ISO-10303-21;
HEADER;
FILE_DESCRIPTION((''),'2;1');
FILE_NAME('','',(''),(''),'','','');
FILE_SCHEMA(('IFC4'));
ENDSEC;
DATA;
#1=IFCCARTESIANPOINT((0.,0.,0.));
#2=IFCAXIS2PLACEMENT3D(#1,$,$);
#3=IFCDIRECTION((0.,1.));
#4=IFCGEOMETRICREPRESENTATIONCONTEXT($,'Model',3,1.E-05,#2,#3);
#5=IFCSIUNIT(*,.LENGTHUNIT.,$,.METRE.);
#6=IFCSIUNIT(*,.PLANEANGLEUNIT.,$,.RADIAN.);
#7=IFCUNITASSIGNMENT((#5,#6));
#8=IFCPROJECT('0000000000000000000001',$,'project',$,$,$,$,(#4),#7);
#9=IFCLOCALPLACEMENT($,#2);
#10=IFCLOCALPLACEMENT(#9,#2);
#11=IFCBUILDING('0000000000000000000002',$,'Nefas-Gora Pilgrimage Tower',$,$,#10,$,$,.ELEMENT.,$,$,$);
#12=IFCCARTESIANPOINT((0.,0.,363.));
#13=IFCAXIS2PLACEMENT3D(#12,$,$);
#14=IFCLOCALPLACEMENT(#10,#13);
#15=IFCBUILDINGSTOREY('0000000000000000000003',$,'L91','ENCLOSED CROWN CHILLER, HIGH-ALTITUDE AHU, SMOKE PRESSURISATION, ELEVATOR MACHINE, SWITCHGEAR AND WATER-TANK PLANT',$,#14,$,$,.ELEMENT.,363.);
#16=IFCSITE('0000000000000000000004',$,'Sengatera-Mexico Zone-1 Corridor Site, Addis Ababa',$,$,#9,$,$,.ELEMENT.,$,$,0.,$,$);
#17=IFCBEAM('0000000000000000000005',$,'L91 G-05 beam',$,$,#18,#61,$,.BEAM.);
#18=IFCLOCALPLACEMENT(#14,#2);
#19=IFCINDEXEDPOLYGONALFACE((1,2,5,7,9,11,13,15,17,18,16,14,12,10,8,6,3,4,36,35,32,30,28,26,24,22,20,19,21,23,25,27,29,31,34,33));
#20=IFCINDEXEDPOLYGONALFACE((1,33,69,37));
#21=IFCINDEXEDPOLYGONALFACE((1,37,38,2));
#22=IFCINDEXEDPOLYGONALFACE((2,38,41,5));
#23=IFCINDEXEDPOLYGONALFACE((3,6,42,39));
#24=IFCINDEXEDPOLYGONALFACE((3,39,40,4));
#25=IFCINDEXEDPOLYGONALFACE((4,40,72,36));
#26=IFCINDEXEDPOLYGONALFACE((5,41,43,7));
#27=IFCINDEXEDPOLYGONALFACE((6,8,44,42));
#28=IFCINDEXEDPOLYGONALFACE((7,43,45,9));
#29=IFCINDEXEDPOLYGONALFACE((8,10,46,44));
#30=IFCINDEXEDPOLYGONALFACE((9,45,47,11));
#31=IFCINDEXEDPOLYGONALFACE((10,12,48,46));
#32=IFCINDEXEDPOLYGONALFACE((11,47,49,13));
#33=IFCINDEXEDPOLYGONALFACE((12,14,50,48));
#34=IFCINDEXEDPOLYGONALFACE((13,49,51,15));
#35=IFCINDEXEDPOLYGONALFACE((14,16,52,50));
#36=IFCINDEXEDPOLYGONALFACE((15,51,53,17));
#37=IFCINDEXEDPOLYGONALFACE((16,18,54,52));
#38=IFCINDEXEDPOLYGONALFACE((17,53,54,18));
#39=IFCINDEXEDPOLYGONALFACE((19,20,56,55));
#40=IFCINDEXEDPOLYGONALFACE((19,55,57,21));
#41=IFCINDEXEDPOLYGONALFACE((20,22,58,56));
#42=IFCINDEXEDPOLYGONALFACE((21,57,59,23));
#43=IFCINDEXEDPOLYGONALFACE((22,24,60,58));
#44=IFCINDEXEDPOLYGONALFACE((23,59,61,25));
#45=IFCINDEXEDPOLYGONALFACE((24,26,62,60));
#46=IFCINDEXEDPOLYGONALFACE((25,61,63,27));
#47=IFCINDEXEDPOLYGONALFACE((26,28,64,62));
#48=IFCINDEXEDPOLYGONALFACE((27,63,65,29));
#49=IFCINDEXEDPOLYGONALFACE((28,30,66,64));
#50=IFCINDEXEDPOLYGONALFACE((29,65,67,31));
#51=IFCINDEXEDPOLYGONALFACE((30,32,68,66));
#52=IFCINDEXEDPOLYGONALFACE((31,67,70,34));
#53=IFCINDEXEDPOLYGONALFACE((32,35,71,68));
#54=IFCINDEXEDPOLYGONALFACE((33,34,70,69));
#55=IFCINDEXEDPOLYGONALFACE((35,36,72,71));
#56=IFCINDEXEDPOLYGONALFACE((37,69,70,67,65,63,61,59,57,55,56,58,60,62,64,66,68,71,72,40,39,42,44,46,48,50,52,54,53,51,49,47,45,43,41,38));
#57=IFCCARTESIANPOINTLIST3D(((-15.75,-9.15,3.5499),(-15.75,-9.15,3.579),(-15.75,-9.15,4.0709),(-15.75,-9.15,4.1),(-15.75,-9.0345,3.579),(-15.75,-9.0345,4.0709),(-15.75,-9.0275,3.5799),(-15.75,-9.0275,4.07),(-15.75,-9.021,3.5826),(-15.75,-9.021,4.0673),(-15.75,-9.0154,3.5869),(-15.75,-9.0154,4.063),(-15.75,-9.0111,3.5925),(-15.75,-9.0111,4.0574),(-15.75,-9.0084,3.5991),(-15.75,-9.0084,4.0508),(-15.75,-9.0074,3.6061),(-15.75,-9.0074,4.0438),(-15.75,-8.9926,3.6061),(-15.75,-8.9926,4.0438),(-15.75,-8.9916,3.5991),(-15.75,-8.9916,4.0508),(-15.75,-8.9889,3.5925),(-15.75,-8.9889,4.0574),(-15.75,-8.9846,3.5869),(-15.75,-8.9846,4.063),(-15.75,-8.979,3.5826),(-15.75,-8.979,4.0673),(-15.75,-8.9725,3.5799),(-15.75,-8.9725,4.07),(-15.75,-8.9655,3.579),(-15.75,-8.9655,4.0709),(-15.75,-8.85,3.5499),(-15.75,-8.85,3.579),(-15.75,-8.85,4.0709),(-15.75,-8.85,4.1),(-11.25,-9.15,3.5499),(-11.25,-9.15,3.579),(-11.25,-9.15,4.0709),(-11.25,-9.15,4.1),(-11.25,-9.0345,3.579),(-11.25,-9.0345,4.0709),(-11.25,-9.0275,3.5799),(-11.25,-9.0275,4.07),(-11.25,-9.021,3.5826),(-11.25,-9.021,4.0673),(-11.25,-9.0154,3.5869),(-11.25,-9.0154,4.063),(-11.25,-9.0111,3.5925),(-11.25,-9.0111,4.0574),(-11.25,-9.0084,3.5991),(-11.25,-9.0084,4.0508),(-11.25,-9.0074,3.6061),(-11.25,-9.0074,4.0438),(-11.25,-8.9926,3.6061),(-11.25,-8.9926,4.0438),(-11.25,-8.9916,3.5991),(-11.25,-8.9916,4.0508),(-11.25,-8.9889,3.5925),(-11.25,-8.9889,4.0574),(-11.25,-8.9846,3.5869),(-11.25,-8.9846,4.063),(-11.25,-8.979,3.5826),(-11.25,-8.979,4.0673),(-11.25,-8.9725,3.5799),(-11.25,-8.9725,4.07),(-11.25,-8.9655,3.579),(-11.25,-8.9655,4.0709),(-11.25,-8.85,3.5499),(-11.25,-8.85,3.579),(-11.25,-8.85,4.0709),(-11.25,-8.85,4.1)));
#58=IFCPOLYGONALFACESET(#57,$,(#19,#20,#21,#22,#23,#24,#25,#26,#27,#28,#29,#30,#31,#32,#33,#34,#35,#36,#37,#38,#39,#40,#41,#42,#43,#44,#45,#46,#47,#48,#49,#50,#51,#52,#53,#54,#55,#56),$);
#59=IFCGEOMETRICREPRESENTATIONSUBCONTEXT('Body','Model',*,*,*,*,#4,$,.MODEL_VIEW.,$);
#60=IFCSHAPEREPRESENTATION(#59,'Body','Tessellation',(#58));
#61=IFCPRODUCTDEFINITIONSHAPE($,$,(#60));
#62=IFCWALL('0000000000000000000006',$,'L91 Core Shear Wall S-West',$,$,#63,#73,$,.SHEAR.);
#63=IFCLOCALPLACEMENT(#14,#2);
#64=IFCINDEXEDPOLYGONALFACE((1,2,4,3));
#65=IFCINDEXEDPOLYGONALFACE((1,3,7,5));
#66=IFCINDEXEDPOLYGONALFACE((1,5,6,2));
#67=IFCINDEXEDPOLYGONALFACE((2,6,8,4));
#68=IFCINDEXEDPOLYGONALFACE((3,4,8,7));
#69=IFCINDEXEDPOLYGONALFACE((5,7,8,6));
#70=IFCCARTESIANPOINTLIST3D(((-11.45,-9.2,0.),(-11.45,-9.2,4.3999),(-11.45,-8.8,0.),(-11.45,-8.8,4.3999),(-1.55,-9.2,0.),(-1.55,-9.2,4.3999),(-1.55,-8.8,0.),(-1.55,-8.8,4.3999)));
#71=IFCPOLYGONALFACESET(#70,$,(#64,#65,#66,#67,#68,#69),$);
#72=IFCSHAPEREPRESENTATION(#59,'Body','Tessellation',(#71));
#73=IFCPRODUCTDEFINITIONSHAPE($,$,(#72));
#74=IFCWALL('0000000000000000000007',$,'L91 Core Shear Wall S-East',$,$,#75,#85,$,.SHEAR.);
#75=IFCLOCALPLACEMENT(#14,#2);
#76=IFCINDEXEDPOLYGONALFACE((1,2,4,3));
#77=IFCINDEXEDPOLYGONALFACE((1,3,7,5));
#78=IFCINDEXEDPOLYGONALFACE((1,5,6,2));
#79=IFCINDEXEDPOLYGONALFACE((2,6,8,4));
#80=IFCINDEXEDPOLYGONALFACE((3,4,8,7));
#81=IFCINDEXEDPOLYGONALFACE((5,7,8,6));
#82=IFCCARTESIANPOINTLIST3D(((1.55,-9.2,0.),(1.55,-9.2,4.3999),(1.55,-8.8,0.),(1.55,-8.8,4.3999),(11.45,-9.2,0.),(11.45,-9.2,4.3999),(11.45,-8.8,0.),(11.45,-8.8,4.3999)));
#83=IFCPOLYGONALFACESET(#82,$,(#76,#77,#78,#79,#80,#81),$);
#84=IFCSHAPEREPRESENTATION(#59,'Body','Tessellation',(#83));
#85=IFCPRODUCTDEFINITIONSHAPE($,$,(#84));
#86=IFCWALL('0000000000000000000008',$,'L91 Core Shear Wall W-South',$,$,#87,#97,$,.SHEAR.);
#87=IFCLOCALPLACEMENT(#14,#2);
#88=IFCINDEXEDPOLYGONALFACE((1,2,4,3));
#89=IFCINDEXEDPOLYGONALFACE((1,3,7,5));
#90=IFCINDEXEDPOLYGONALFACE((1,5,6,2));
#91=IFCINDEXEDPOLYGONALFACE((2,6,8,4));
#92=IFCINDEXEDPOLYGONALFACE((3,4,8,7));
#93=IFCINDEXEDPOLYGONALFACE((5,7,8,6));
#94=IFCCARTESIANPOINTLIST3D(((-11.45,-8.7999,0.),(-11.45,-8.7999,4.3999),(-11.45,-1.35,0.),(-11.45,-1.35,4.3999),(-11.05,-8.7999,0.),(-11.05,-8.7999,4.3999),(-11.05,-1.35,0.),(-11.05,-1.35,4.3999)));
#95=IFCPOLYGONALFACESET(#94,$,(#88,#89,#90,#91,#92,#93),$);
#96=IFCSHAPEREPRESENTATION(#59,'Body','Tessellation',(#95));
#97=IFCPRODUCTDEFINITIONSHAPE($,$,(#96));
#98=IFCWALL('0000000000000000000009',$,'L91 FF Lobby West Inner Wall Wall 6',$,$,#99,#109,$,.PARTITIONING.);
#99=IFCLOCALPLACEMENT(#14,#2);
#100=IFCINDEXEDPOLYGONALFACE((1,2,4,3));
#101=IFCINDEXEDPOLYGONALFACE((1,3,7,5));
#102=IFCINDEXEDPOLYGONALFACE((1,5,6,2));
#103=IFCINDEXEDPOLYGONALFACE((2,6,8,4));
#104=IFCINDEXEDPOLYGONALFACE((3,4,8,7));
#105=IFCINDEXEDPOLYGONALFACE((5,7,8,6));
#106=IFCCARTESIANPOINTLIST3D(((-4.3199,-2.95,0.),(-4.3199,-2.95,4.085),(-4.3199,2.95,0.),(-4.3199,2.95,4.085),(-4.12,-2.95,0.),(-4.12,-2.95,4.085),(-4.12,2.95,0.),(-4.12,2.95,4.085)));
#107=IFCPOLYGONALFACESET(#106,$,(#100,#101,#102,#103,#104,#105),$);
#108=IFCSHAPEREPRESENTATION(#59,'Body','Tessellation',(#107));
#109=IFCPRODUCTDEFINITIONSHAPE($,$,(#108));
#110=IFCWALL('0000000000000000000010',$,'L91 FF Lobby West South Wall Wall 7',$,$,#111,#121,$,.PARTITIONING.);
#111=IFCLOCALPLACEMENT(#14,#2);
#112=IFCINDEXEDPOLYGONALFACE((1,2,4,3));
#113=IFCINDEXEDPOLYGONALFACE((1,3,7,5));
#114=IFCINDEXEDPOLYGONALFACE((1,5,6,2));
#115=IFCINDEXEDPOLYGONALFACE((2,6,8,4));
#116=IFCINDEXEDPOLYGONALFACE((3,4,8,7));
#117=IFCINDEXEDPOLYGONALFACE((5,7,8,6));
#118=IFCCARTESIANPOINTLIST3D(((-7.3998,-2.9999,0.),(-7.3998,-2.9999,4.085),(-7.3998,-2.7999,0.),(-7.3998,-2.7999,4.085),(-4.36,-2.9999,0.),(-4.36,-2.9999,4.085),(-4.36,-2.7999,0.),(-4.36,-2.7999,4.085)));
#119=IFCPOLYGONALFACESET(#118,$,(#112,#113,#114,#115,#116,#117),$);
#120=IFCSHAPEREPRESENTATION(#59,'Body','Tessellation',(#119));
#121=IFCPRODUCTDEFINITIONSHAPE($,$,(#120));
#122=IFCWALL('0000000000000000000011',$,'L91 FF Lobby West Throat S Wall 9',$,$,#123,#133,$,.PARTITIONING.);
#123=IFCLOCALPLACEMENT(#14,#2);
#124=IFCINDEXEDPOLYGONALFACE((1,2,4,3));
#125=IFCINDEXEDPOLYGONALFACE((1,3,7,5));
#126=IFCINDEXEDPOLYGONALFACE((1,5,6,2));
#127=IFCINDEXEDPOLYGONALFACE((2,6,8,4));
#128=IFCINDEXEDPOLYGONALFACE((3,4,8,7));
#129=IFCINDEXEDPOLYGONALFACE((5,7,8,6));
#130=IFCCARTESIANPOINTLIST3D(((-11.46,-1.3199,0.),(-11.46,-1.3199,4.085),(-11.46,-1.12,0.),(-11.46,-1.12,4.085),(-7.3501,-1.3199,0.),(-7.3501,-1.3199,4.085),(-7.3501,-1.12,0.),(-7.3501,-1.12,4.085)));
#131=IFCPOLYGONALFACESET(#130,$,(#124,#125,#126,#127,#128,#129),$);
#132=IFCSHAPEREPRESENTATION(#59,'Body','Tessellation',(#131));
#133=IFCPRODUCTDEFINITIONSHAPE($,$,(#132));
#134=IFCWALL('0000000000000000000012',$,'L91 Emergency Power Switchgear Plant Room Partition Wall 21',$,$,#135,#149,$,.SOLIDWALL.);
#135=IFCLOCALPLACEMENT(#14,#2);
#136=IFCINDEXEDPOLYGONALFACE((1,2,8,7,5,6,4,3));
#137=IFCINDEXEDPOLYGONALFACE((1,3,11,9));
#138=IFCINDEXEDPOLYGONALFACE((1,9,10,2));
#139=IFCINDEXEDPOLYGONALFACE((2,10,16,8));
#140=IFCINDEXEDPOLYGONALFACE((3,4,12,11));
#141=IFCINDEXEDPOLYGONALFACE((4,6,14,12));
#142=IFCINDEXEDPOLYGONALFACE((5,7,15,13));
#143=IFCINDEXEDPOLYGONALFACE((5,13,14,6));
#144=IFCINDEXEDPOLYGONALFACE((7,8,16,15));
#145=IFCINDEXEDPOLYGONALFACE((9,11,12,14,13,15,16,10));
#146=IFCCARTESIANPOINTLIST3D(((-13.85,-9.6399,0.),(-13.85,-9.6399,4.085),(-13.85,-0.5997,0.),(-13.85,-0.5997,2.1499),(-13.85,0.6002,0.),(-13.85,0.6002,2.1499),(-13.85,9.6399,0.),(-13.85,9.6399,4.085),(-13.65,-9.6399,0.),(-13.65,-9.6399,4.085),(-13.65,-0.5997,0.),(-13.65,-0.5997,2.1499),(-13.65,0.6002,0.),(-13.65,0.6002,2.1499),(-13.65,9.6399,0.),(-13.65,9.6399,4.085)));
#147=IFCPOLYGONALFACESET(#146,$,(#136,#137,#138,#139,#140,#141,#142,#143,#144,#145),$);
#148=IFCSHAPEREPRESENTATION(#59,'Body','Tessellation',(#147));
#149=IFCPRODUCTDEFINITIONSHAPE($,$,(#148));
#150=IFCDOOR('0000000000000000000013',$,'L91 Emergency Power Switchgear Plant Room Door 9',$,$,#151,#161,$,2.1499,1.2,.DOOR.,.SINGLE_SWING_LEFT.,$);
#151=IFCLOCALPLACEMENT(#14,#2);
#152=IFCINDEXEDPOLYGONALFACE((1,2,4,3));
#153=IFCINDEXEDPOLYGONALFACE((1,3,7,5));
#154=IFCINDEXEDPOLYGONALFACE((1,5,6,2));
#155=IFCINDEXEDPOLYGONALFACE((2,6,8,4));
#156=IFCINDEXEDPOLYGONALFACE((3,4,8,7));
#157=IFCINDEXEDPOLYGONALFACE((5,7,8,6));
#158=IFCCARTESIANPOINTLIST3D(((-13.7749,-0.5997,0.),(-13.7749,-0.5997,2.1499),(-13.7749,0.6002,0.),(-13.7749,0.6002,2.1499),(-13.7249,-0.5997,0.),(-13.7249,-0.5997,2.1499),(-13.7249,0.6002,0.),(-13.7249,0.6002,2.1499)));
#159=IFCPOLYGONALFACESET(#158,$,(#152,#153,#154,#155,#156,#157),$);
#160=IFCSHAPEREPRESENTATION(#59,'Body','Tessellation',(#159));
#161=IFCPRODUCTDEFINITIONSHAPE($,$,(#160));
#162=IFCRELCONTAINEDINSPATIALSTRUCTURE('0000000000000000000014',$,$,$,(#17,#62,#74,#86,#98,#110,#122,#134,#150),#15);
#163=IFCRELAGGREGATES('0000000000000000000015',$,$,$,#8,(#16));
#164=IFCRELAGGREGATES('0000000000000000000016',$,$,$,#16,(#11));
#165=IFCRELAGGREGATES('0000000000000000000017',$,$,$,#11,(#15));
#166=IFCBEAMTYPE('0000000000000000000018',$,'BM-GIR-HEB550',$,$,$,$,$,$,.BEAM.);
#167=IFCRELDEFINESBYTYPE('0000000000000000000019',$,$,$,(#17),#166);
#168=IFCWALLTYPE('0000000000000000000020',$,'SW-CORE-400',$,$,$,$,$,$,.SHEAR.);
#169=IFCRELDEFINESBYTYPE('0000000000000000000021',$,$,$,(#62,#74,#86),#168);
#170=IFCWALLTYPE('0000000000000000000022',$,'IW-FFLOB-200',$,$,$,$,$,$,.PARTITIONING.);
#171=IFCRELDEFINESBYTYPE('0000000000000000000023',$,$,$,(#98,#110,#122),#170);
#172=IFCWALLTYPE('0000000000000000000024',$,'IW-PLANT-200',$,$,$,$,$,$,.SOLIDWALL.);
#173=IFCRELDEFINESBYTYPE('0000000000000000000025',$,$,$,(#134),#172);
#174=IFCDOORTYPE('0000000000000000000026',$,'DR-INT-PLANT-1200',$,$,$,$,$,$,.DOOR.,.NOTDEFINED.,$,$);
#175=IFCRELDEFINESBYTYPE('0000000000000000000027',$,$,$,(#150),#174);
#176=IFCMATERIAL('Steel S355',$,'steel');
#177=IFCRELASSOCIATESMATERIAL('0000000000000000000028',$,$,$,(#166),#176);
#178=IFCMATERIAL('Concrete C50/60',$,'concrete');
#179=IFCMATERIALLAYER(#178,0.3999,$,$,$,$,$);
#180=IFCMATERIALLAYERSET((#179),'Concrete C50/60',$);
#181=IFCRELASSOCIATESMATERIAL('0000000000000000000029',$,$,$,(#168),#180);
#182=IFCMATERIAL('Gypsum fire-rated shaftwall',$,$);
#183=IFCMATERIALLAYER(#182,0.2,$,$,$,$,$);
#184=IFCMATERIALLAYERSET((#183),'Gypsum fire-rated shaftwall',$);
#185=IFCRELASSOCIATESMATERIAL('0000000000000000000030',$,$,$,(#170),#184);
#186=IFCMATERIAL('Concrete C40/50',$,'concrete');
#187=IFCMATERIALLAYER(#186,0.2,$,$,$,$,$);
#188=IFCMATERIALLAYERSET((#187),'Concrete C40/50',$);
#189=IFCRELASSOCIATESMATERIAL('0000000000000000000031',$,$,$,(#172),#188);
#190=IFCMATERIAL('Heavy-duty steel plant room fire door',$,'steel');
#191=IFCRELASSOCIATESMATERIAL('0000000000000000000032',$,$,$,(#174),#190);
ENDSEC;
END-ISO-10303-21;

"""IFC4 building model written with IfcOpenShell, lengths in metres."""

from ifc_helpers import new_model, si_unit, direction, frame, frame_2d, origin, origin_2d, place, context, subcontext, project, spatial, rectangle, i_section, extrude, source, transform, mapped, material, layer, layer_set, material_profile, profile_set, type_object, element, fill, save


model = new_model("IFC4")

# Units and contexts
model_context = context("Model", 3, precision=1e-05, world=origin(), true_north=direction((0.0, 1.0)))
body_context = subcontext(model_context, "Body", "Model", "MODEL_VIEW")
ifc_project = project(units=[si_unit("LENGTHUNIT", "METRE"), si_unit("PLANEANGLEUNIT", "RADIAN")], contexts=[model_context])

# Site, building, storey
site_placement = place(None, origin())
site = spatial("IfcSite", under=ifc_project, at=site_placement, Name="Sengatera-Mexico Zone-1 Corridor Site, Addis Ababa", CompositionType="ELEMENT", RefElevation=0.0)
building_placement = place(site_placement, origin())
building = spatial("IfcBuilding", under=site, at=building_placement, Name="Nefas-Gora Pilgrimage Tower", CompositionType="ELEMENT")
storey_placement = place(building_placement, frame((0.0, 0.0, 363.0)))
storey = spatial("IfcBuildingStorey", under=building, at=storey_placement, Name="L91", Description="ENCLOSED CROWN CHILLER, HIGH-ALTITUDE AHU, SMOKE PRESSURISATION, ELEVATOR MACHINE, SWITCHGEAR AND WATER-TANK PLANT", CompositionType="ELEMENT", Elevation=363.0)

# Shared definitions
ifc_material_1 = material(Name="Steel S355", Category="steel")
ifc_material_2 = material(Name="Concrete C50/60", Category="concrete")

# Beam
ifc_material_profile_1 = material_profile(ifc_material_1, i_section(OverallWidth=0.3, OverallDepth=0.55, WebThickness=0.0149, FlangeThickness=0.0291, FilletRadius=0.0271, at=origin_2d()), Name="HEB 550")
ifc_profile_set_1 = profile_set([ifc_material_profile_1], Name="Steel S355")
beam_type_1 = type_object("IfcBeamType", Name="BM-GIR-HEB550", PredefinedType="BEAM", material=ifc_profile_set_1)
shared_shape_1 = source(origin(), body_context, "Body", "SweptSolid", [
    extrude(i_section(OverallWidth=0.3, OverallDepth=0.55, WebThickness=0.0149, FlangeThickness=0.0291, FilletRadius=0.0271, at=origin_2d()), origin(), (0.0, 0.0, 1.0), 4.5),
])
beam_1_placement = place(storey_placement, frame((-15.75, -9.0, 3.825), z_axis=(1.0, 0.0, 0.0), x_axis=(0.0, 1.0, 0.0)))
element("IfcBeam", 1, at=beam_1_placement, inside=storey, type_object=beam_type_1, Name="L91 G-05 beam", PredefinedType="BEAM", context=body_context, shape_type="MappedRepresentation", body=[
    mapped(shared_shape_1, transform((0.0, 0.0, 0.0), x_axis=(1.0, 0.0, 0.0), y_axis=(0.0, 1.0, 0.0), z_axis=(0.0, 0.0, 1.0), scale=1.0)),
])

# Walls
ifc_layer_1 = layer(ifc_material_2, 0.3999)
ifc_layer_set_1 = layer_set([ifc_layer_1], Name="Concrete C50/60")
wall_type_1 = type_object("IfcWallType", Name="SW-CORE-400", PredefinedType="SHEAR", material=ifc_layer_set_1)
shared_shape_2 = source(origin(), body_context, "Body", "SweptSolid", [
    extrude(rectangle(XDim=9.8999, YDim=0.3999, at=frame_2d((4.95, 0.0))), origin(), (0.0, 0.0, 1.0), 4.3999),
])
for number, where, z_axis, x_axis, name in (
    (2, (-11.45, -9.0, 0.0), (0.0, 0.0, 1.0), (1.0, 0.0, 0.0), "L91 Core Shear Wall S-West"),
    (3, (1.55, -9.0, 0.0), (0.0, 0.0, 1.0), (1.0, 0.0, 0.0), "L91 Core Shear Wall S-East"),
):
    element("IfcWall", number, at=place(storey_placement, frame(where, z_axis=z_axis, x_axis=x_axis)), inside=storey, type_object=wall_type_1, Name=name, PredefinedType="SHEAR", context=body_context, shape_type="MappedRepresentation", body=[
        mapped(shared_shape_2, transform((0.0, 0.0, 0.0), x_axis=(1.0, 0.0, 0.0), y_axis=(0.0, 1.0, 0.0), z_axis=(0.0, 0.0, 1.0), scale=1.0)),
    ])
shared_shape_3 = source(origin(), body_context, "Body", "SweptSolid", [
    extrude(rectangle(XDim=7.45, YDim=0.3999, at=frame_2d((3.7251, 0.0))), origin(), (0.0, 0.0, 1.0), 4.3999),
])
wall_1_placement = place(storey_placement, frame((-11.25, -8.8, 0.0), z_axis=(0.0, 0.0, 1.0), x_axis=(0.0, 1.0, 0.0)))
element("IfcWall", 4, at=wall_1_placement, inside=storey, type_object=wall_type_1, Name="L91 Core Shear Wall W-South", PredefinedType="SHEAR", context=body_context, shape_type="MappedRepresentation", body=[
    mapped(shared_shape_3, transform((0.0, 0.0, 0.0), x_axis=(1.0, 0.0, 0.0), y_axis=(0.0, 1.0, 0.0), z_axis=(0.0, 0.0, 1.0), scale=1.0)),
])
ifc_material_3 = material(Name="Gypsum fire-rated shaftwall")
ifc_layer_2 = layer(ifc_material_3, 0.2)
ifc_layer_set_2 = layer_set([ifc_layer_2], Name="Gypsum fire-rated shaftwall")
wall_type_2 = type_object("IfcWallType", Name="IW-FFLOB-200", PredefinedType="PARTITIONING", material=ifc_layer_set_2)
shared_shape_4 = source(origin(), body_context, "Body", "SweptSolid", [
    extrude(rectangle(XDim=5.8999, YDim=0.2, at=frame_2d((2.95, 0.0))), origin(), (0.0, 0.0, 1.0), 4.085),
])
wall_2_placement = place(storey_placement, frame((-4.22, -2.95, 0.0), z_axis=(0.0, 0.0, 1.0), x_axis=(0.0, 1.0, 0.0)))
element("IfcWall", 5, at=wall_2_placement, inside=storey, type_object=wall_type_2, Name="L91 FF Lobby West Inner Wall Wall 6", PredefinedType="PARTITIONING", context=body_context, shape_type="MappedRepresentation", body=[
    mapped(shared_shape_4, transform((0.0, 0.0, 0.0), x_axis=(1.0, 0.0, 0.0), y_axis=(0.0, 1.0, 0.0), z_axis=(0.0, 0.0, 1.0), scale=1.0)),
])
shared_shape_5 = source(origin(), body_context, "Body", "SweptSolid", [
    extrude(rectangle(XDim=3.0398, YDim=0.2, at=frame_2d((1.52, 0.0))), origin(), (0.0, 0.0, 1.0), 4.085),
])
wall_3_placement = place(storey_placement, frame((-7.3999, -2.8999, 0.0), z_axis=(0.0, 0.0, 1.0), x_axis=(1.0, 0.0, 0.0)))
element("IfcWall", 6, at=wall_3_placement, inside=storey, type_object=wall_type_2, Name="L91 FF Lobby West South Wall Wall 7", PredefinedType="PARTITIONING", context=body_context, shape_type="MappedRepresentation", body=[
    mapped(shared_shape_5, transform((0.0, 0.0, 0.0), x_axis=(1.0, 0.0, 0.0), y_axis=(0.0, 1.0, 0.0), z_axis=(0.0, 0.0, 1.0), scale=1.0)),
])
shared_shape_6 = source(origin(), body_context, "Body", "SweptSolid", [
    extrude(rectangle(XDim=4.1099, YDim=0.2, at=frame_2d((2.0549, 0.0))), origin(), (0.0, 0.0, 1.0), 4.085),
])
wall_4_placement = place(storey_placement, frame((-11.46, -1.22, 0.0), z_axis=(0.0, 0.0, 1.0), x_axis=(1.0, 0.0, 0.0)))
element("IfcWall", 7, at=wall_4_placement, inside=storey, type_object=wall_type_2, Name="L91 FF Lobby West Throat S Wall 9", PredefinedType="PARTITIONING", context=body_context, shape_type="MappedRepresentation", body=[
    mapped(shared_shape_6, transform((0.0, 0.0, 0.0), x_axis=(1.0, 0.0, 0.0), y_axis=(0.0, 1.0, 0.0), z_axis=(0.0, 0.0, 1.0), scale=1.0)),
])

# Wall, opening, door
ifc_material_4 = material(Name="Concrete C40/50", Category="concrete")
ifc_layer_3 = layer(ifc_material_4, 0.2)
ifc_layer_set_3 = layer_set([ifc_layer_3], Name="Concrete C40/50")
wall_type_3 = type_object("IfcWallType", Name="IW-PLANT-200", PredefinedType="SOLIDWALL", material=ifc_layer_set_3)
shared_shape_7 = source(origin(), body_context, "Body", "SweptSolid", [
    extrude(rectangle(XDim=19.2798, YDim=0.2, at=frame_2d((9.6399, 0.0))), origin(), (0.0, 0.0, 1.0), 4.085),
])
wall_5_placement = place(storey_placement, frame((-13.75, -9.6399, 0.0), z_axis=(0.0, 0.0, 1.0), x_axis=(0.0, 1.0, 0.0)))
wall_5 = element("IfcWall", 8, at=wall_5_placement, inside=storey, type_object=wall_type_3, Name="L91 Emergency Power Switchgear Plant Room Partition Wall 21", PredefinedType="SOLIDWALL", context=body_context, shape_type="MappedRepresentation", body=[
    mapped(shared_shape_7, transform((0.0, 0.0, 0.0), x_axis=(1.0, 0.0, 0.0), y_axis=(0.0, 1.0, 0.0), z_axis=(0.0, 0.0, 1.0), scale=1.0)),
])
opening_1_placement = place(wall_5_placement, frame((9.04, 0.0, 0.0)))
opening_1 = element("IfcOpeningElement", 9, at=opening_1_placement, cuts=wall_5, PredefinedType="OPENING", context=body_context, shape_type="SweptSolid", body=[
    extrude(rectangle(XDim=1.2, YDim=2.1499, at=frame_2d((0.6001, 1.075))), frame((0.0, 0.1099, 0.0), z_axis=(0.0, -1.0, 0.0), x_axis=(1.0, 0.0, 0.0)), (0.0, 0.0, 1.0), 0.22),
])
ifc_material_5 = material(Name="Heavy-duty steel plant room fire door", Category="steel")
door_type_1 = type_object("IfcDoorType", Name="DR-INT-PLANT-1200", OperationType="NOTDEFINED", PredefinedType="DOOR", material=ifc_material_5)
shared_shape_8 = source(origin(), body_context, "Body", "SweptSolid", [
    extrude(rectangle(XDim=1.2, YDim=2.1499, at=frame_2d((0.6001, 1.075))), frame((0.0, 0.0249, 0.0), z_axis=(0.0, -1.0, 0.0), x_axis=(1.0, 0.0, 0.0)), (0.0, 0.0, 1.0), 0.05),
])
door_1_placement = place(opening_1_placement, origin())
door_1 = element("IfcDoor", 10, at=door_1_placement, inside=storey, type_object=door_type_1, Name="L91 Emergency Power Switchgear Plant Room Door 9", OperationType="SINGLE_SWING_LEFT", OverallHeight=2.1499, OverallWidth=1.2, PredefinedType="DOOR", context=body_context, shape_type="MappedRepresentation", body=[
    mapped(shared_shape_8, transform((0.0, 0.0, 0.0), x_axis=(1.0, 0.0, 0.0), y_axis=(0.0, 1.0, 0.0), z_axis=(0.0, 0.0, 1.0), scale=1.0)),
])
fill(opening_1, door_1)

save(model, "model.ifc")
